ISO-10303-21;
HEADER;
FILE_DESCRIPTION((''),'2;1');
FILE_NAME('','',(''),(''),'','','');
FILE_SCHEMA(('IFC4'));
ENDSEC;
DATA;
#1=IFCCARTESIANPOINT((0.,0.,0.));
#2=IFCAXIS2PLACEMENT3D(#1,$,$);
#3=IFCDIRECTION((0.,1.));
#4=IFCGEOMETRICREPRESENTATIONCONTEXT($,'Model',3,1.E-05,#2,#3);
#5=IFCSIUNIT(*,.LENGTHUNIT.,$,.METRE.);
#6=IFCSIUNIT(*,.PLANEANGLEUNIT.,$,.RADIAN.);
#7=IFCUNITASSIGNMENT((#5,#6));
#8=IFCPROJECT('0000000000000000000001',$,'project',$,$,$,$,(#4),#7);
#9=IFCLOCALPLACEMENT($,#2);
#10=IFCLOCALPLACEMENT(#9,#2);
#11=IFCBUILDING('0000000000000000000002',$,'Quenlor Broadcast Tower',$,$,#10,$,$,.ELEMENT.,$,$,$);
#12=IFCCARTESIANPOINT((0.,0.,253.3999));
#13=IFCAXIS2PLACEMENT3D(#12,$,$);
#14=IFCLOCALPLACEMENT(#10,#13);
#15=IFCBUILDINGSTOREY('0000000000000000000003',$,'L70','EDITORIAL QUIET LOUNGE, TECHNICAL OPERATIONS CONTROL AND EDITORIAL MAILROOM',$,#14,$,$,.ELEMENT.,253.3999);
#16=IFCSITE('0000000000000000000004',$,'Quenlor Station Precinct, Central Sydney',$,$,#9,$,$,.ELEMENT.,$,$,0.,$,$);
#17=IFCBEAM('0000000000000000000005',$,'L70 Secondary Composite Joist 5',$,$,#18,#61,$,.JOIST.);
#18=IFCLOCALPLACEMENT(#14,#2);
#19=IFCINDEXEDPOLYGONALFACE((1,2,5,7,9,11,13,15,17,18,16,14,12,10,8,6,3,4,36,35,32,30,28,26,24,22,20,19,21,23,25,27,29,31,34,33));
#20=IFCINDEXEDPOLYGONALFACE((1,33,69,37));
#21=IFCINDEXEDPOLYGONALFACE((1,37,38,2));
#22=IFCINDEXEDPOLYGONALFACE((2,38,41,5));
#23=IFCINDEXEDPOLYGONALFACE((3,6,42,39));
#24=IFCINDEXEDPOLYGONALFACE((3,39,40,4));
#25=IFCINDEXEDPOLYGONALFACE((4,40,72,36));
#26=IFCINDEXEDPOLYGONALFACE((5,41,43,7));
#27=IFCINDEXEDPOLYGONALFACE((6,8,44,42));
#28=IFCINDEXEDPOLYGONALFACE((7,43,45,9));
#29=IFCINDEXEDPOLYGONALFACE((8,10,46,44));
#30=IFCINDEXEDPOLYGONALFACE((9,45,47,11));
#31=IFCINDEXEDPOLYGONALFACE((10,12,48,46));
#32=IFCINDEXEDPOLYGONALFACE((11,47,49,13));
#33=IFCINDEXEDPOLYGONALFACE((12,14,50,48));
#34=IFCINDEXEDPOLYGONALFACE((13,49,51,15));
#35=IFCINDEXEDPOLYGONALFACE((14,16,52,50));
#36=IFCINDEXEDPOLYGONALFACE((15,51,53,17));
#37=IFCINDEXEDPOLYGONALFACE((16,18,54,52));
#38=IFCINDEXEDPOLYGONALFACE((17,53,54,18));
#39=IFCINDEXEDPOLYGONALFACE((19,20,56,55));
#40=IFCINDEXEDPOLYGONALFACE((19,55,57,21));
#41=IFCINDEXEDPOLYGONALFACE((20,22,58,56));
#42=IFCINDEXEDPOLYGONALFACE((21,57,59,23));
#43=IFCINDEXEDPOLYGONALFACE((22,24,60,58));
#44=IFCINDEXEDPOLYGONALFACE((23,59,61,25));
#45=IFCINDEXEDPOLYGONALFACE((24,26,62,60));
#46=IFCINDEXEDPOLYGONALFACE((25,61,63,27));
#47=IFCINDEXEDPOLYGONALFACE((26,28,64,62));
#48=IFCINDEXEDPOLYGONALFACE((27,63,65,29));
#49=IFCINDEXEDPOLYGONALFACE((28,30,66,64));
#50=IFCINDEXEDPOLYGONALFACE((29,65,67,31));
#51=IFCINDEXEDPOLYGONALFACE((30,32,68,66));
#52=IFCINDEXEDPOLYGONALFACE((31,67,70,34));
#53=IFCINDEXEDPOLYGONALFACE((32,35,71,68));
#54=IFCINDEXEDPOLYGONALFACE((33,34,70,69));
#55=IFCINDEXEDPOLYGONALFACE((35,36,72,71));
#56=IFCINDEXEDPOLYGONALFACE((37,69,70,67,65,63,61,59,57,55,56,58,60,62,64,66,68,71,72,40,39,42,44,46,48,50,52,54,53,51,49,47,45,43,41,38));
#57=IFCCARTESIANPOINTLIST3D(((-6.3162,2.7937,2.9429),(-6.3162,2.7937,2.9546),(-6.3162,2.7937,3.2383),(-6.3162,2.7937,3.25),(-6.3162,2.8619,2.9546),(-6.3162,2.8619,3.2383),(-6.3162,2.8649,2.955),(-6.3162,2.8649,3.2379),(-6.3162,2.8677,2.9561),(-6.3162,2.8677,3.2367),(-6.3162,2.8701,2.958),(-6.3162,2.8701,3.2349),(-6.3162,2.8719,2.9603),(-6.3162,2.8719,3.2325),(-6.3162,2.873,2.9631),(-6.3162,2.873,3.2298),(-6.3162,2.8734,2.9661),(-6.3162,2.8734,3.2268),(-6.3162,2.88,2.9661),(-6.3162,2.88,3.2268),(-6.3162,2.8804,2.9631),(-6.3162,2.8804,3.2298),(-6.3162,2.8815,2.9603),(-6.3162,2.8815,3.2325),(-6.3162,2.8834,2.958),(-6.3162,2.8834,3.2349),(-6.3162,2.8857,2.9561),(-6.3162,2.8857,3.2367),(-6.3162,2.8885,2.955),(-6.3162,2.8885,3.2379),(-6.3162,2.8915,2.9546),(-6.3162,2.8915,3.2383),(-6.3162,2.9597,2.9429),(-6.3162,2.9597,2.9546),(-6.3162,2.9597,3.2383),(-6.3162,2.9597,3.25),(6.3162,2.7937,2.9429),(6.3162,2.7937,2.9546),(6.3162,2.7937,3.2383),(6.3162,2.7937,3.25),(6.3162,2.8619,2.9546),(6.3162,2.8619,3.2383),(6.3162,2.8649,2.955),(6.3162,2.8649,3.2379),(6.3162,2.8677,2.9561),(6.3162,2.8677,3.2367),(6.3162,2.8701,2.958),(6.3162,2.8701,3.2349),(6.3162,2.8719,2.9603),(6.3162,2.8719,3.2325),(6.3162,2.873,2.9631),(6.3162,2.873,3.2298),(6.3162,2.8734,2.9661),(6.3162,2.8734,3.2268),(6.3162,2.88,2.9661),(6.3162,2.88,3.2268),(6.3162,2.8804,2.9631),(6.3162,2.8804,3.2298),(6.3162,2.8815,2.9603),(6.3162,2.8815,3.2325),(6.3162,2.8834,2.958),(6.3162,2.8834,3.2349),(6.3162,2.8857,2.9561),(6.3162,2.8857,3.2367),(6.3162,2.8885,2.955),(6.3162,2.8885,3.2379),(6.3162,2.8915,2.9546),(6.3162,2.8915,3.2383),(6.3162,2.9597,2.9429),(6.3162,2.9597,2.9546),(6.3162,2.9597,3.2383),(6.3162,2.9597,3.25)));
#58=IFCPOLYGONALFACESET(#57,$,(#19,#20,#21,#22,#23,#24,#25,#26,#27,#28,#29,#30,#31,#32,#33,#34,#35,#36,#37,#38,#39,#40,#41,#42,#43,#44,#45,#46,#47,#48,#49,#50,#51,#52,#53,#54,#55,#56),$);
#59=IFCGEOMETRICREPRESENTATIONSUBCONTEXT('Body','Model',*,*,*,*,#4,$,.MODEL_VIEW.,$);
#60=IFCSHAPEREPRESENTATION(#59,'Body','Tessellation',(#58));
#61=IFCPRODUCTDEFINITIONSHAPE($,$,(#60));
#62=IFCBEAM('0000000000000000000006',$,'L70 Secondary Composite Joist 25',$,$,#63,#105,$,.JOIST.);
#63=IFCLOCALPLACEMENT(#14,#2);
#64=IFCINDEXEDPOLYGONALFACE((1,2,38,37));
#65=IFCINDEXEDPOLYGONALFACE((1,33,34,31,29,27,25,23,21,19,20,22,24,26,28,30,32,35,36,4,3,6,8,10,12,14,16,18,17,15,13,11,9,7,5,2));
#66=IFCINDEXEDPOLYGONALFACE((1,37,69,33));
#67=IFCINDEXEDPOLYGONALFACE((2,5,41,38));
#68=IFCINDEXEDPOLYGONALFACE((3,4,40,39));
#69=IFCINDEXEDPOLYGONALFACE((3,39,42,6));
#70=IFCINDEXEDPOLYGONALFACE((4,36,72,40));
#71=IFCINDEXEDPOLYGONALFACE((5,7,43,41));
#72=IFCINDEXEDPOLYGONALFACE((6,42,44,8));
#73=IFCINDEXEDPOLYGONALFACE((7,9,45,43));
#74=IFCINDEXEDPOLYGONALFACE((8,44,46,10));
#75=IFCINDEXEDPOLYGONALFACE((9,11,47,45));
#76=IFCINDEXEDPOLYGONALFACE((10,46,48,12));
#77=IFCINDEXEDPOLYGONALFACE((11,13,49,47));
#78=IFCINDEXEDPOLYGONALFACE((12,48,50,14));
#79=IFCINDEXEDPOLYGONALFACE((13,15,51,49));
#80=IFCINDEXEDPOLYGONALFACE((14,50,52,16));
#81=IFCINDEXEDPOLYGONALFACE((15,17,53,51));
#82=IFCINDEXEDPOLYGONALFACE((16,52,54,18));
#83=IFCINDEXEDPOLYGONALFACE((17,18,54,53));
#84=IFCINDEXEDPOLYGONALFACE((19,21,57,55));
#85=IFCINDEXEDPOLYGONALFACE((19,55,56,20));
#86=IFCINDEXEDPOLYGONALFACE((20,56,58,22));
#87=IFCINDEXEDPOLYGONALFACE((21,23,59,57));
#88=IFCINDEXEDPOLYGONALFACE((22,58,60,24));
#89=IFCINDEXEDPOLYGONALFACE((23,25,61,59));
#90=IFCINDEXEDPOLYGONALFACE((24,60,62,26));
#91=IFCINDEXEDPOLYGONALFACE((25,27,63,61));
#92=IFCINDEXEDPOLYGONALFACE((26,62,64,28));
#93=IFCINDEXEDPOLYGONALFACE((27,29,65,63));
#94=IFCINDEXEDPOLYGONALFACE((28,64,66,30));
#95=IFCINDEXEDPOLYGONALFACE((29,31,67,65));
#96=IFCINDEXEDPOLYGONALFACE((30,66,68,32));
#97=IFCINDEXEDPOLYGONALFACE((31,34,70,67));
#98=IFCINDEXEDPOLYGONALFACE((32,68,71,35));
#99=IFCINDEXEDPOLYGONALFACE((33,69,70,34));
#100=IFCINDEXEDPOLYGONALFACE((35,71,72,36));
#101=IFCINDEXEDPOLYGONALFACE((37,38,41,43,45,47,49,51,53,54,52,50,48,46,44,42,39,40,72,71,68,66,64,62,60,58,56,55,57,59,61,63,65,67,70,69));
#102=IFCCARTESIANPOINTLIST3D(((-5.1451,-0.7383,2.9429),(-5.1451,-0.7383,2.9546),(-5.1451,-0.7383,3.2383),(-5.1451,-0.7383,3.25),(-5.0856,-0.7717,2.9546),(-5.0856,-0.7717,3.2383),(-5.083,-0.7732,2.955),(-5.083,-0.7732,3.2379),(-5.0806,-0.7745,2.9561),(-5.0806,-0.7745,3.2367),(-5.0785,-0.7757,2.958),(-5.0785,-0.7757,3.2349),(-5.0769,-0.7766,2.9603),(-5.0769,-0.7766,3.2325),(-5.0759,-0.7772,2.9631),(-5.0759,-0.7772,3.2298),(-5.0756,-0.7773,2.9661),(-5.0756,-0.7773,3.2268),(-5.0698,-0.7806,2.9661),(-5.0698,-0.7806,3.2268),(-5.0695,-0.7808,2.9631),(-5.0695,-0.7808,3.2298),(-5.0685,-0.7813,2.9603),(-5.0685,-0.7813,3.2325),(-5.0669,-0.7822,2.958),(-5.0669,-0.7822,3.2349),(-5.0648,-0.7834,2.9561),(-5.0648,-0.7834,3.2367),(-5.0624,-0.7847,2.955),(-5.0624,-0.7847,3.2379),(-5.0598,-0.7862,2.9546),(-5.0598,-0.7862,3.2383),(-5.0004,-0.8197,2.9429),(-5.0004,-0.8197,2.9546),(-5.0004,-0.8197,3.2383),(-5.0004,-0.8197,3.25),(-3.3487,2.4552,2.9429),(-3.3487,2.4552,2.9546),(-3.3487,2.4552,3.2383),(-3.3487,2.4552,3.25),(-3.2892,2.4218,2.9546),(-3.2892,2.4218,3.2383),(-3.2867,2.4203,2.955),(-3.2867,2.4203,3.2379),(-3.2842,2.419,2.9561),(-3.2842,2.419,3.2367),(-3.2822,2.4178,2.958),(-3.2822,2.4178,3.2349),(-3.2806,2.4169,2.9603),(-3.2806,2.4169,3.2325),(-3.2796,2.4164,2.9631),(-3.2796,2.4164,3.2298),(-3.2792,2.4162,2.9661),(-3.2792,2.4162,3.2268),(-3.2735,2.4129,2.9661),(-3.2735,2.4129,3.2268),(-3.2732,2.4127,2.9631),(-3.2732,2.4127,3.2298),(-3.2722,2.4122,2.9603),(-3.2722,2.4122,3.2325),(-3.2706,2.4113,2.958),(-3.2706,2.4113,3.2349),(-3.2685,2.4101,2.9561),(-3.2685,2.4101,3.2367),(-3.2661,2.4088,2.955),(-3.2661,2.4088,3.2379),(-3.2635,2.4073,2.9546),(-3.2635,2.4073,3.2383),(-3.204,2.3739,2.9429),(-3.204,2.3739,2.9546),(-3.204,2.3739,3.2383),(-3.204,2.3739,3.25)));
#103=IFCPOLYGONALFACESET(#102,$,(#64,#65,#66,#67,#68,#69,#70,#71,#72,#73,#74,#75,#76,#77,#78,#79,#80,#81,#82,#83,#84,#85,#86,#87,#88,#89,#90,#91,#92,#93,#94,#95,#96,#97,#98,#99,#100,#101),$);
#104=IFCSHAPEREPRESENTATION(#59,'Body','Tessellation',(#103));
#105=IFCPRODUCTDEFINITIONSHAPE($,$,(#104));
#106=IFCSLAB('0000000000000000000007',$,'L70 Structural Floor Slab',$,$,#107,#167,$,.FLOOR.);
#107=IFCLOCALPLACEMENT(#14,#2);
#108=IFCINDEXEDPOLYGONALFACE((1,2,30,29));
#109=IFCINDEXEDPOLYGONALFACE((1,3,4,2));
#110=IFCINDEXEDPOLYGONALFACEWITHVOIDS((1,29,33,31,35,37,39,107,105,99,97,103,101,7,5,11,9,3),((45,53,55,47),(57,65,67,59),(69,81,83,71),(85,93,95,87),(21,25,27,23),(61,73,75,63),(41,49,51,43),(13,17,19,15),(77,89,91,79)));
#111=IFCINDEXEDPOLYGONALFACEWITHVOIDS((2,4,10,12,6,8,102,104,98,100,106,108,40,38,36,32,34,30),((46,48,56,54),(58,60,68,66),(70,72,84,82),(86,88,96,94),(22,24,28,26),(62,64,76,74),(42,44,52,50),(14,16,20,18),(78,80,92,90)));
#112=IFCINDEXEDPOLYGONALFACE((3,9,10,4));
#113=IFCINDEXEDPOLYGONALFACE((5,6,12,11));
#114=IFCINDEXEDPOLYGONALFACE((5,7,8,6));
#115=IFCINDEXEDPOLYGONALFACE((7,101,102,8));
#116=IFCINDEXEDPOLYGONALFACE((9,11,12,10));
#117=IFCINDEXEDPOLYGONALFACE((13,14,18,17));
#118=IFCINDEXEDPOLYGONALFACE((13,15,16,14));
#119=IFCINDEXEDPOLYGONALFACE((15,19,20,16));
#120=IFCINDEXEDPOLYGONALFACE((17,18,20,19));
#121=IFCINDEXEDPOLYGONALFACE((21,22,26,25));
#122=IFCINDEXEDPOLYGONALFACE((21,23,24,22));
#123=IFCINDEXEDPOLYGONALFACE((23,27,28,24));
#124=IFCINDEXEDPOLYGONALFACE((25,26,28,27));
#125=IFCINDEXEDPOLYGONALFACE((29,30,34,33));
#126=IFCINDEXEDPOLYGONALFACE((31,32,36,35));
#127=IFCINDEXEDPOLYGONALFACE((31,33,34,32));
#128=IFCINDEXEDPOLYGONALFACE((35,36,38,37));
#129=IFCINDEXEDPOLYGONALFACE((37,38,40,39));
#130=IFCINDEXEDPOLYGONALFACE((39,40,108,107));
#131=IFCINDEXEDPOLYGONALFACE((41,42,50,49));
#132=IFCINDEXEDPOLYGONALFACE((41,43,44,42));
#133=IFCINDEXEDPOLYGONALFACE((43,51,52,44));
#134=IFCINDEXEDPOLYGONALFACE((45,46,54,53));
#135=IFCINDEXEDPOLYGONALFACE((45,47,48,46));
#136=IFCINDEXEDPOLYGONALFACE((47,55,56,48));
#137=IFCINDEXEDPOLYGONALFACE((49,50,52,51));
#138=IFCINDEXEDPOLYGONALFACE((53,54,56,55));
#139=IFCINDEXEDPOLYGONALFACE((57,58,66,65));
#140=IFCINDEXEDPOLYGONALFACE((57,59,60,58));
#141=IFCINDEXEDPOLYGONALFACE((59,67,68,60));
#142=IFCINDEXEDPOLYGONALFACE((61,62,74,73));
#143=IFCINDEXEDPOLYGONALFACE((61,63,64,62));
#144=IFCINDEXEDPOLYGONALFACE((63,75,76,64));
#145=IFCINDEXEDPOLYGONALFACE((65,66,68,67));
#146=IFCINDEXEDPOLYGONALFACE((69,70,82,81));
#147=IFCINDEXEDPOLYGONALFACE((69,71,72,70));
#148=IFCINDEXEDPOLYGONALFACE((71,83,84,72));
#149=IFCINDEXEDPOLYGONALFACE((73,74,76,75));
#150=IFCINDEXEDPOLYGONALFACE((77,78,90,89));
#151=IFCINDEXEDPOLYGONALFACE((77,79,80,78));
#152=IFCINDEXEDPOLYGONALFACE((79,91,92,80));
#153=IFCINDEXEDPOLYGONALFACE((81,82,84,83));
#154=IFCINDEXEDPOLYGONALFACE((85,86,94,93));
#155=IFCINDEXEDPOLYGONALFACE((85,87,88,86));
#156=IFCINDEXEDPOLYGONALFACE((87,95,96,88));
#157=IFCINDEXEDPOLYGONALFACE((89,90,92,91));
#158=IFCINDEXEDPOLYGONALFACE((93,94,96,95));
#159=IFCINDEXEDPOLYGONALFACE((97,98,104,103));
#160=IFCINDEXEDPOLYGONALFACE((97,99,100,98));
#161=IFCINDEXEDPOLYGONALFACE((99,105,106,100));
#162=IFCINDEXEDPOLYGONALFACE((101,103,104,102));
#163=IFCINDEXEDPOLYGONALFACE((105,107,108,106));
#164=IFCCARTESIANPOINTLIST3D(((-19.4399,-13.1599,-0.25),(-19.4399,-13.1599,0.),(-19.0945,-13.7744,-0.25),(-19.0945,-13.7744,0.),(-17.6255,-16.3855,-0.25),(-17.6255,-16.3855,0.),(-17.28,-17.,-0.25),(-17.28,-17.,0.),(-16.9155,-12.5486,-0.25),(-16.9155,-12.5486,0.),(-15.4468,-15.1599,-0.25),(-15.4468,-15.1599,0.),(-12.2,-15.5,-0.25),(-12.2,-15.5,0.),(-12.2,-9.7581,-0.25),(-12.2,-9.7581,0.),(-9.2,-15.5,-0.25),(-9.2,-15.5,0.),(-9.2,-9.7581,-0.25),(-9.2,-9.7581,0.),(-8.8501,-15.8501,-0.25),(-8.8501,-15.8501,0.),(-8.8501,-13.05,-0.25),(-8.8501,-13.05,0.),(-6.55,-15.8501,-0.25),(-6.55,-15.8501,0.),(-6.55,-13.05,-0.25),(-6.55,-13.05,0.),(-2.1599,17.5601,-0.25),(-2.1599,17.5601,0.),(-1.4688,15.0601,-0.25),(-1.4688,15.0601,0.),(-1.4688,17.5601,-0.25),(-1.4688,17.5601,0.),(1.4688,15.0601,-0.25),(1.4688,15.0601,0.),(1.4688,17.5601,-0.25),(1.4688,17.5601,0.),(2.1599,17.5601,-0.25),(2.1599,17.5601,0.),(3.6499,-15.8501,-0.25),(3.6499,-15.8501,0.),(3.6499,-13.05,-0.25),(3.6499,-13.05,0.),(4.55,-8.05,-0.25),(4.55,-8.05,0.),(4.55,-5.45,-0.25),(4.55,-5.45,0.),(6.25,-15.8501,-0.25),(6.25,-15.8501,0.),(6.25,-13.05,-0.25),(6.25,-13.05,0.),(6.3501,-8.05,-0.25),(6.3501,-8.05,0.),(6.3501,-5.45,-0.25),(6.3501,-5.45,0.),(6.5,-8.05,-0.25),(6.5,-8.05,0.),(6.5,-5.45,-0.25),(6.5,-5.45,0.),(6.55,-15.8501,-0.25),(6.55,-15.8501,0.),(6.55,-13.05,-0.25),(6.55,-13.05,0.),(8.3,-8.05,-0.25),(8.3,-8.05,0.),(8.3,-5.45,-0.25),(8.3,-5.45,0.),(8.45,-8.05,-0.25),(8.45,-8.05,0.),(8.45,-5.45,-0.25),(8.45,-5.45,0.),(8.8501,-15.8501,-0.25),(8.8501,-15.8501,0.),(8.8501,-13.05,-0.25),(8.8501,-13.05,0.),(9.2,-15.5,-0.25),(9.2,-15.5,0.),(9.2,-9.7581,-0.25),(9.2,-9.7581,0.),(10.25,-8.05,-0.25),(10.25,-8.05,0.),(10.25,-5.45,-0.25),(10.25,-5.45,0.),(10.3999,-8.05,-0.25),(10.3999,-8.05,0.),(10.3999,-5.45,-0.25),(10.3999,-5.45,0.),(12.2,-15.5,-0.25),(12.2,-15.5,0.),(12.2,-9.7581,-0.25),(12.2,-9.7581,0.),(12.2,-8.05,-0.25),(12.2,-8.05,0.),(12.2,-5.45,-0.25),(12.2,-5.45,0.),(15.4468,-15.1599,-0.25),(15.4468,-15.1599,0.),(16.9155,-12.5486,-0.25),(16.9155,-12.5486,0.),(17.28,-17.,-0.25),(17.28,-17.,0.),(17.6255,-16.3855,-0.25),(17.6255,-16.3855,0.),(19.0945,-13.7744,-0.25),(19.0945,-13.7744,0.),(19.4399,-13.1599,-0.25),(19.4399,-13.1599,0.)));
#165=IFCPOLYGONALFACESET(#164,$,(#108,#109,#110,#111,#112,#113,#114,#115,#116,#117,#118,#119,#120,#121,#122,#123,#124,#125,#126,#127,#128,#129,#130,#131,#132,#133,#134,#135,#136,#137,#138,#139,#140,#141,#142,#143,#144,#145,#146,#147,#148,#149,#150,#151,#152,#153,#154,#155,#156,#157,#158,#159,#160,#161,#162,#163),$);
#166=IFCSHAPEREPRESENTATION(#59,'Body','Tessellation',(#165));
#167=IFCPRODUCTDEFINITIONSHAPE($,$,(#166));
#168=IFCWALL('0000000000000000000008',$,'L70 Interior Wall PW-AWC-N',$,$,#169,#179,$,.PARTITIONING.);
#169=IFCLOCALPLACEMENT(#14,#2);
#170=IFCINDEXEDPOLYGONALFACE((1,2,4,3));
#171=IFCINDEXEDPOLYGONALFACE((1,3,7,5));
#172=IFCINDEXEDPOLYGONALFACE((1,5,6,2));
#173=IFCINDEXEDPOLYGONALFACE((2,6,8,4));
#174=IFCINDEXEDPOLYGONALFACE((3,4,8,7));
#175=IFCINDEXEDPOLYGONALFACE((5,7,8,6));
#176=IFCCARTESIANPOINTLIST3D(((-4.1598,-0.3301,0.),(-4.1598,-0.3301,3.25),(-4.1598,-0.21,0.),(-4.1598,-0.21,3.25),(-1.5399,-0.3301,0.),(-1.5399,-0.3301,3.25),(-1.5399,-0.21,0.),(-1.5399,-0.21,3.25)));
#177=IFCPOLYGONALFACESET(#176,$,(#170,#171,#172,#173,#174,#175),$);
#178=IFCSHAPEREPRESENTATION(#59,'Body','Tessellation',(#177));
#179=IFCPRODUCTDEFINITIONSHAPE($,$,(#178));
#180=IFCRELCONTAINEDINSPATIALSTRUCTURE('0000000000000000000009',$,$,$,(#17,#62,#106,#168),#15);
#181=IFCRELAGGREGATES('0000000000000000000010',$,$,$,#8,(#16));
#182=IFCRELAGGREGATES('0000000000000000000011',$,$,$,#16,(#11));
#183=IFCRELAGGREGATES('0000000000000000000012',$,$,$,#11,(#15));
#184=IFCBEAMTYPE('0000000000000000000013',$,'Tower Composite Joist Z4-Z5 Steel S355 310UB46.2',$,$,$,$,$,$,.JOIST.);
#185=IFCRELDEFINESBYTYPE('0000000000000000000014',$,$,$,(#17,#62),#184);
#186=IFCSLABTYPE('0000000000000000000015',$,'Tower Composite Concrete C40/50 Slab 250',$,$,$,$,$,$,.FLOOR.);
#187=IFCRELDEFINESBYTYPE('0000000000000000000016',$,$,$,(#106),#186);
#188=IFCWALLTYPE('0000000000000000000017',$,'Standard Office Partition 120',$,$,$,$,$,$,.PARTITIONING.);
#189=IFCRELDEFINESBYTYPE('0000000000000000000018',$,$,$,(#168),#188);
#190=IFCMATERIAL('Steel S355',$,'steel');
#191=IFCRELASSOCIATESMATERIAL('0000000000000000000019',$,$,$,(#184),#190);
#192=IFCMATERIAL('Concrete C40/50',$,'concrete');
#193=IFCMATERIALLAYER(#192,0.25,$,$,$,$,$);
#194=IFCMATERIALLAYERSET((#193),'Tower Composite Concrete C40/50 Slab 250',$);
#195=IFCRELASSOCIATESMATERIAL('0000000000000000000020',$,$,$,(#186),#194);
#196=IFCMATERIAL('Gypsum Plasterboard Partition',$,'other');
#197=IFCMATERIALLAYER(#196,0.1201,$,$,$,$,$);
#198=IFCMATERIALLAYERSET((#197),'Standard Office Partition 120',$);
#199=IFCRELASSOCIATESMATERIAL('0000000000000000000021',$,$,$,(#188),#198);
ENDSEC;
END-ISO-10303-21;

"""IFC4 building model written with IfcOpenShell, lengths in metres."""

from ifc_helpers import new_model, si_unit, direction, frame, frame_2d, origin, origin_2d, place, context, subcontext, project, spatial, polyline, rectangle, i_section, outline, extrude, material, layer, layer_set, material_profile, profile_set, type_object, element, save


model = new_model("IFC4")

# Units and contexts
model_context = context("Model", 3, precision=1e-05, world=origin(), true_north=direction((0.0, 1.0)))
body_context = subcontext(model_context, "Body", "Model", "MODEL_VIEW")
ifc_project = project(units=[si_unit("LENGTHUNIT", "METRE"), si_unit("PLANEANGLEUNIT", "RADIAN")], contexts=[model_context])

# Site, building, storey
site_placement = place(None, origin())
site = spatial("IfcSite", under=ifc_project, at=site_placement, Name="Quenlor Station Precinct, Central Sydney", CompositionType="ELEMENT", RefElevation=0.0)
building_placement = place(site_placement, origin())
building = spatial("IfcBuilding", under=site, at=building_placement, Name="Quenlor Broadcast Tower", CompositionType="ELEMENT")
storey_placement = place(building_placement, frame((0.0, 0.0, 253.3999)))
storey = spatial("IfcBuildingStorey", under=building, at=storey_placement, Name="L70", Description="EDITORIAL QUIET LOUNGE, TECHNICAL OPERATIONS CONTROL AND EDITORIAL MAILROOM", CompositionType="ELEMENT", Elevation=253.3999)

# Beams
ifc_material_1 = material(Name="Steel S355", Category="steel")
ifc_material_profile_1 = material_profile(ifc_material_1, i_section(OverallWidth=0.166, OverallDepth=0.3071, WebThickness=0.0066, FlangeThickness=0.0117, FilletRadius=0.0115, at=origin_2d()))
ifc_profile_set_1 = profile_set([ifc_material_profile_1], Name="Steel S355 310UB46.2")
beam_type = type_object("IfcBeamType", Name="Tower Composite Joist Z4-Z5 Steel S355 310UB46.2", PredefinedType="JOIST", material=ifc_profile_set_1)
beam_1_placement = place(storey_placement, frame((-6.3162, 2.8767, 3.0964), z_axis=(1.0, 0.0, 0.0), x_axis=(0.0, 1.0, 0.0)))
element("IfcBeam", 1, at=beam_1_placement, inside=storey, type_object=beam_type, Name="L70 Secondary Composite Joist 5", PredefinedType="JOIST", context=body_context, shape_type="SweptSolid", body=[
    extrude(i_section(OverallWidth=0.166, OverallDepth=0.3071, WebThickness=0.0066, FlangeThickness=0.0117, FilletRadius=0.0115, at=origin_2d()), origin(), (0.0, 0.0, 1.0), 12.6323),
])
beam_2_placement = place(storey_placement, frame((-3.2764, 2.4146, 3.0964), z_axis=(-0.490258, -0.871577, 0.0), x_axis=(0.871577, -0.490258, 0.0)))
element("IfcBeam", 2, at=beam_2_placement, inside=storey, type_object=beam_type, Name="L70 Secondary Composite Joist 25", PredefinedType="JOIST", context=body_context, shape_type="SweptSolid", body=[
    extrude(i_section(OverallWidth=0.166, OverallDepth=0.3071, WebThickness=0.0066, FlangeThickness=0.0117, FilletRadius=0.0115, at=origin_2d()), origin(), (0.0, 0.0, 1.0), 3.6641),
])

# Slab
ifc_material_2 = material(Name="Concrete C40/50", Category="concrete")
ifc_layer_1 = layer(ifc_material_2, 0.25)
ifc_layer_set_1 = layer_set([ifc_layer_1], Name="Tower Composite Concrete C40/50 Slab 250")
slab_type = type_object("IfcSlabType", Name="Tower Composite Concrete C40/50 Slab 250", PredefinedType="FLOOR", material=ifc_layer_set_1)
slab_placement = place(storey_placement, frame((0.0, 0.0, -0.25)))
element("IfcSlab", 3, at=slab_placement, inside=storey, type_object=slab_type, Name="L70 Structural Floor Slab", PredefinedType="FLOOR", context=body_context, shape_type="SweptSolid", body=[
    extrude(outline(polyline([(17.28, -17.0), (17.6255, -16.3855), (15.4468, -15.1599), (16.9155, -12.5486), (19.0945, -13.7744), (19.4399, -13.1599), (2.1599, 17.5601), (1.4688, 17.5601), (1.4688, 15.0601), (-1.4688, 15.0601), (-1.4688, 17.5601), (-2.1599, 17.5601), (-19.4399, -13.1599), (-19.0945, -13.7744), (-16.9155, -12.5486), (-15.4468, -15.1599), (-17.6255, -16.3855), (-17.28, -17.0), (17.28, -17.0)]), holes=[polyline([(-12.2, -9.7581), (-12.2, -15.5), (-9.2, -15.5), (-9.2, -9.7581), (-12.2, -9.7581)]), polyline([(9.2, -9.7581), (9.2, -15.5), (12.2, -15.5), (12.2, -9.7581), (9.2, -9.7581)]), polyline([(4.55, -8.05), (6.3501, -8.05), (6.3501, -5.45), (4.55, -5.45), (4.55, -8.05)]), polyline([(6.5, -8.05), (8.3, -8.05), (8.3, -5.45), (6.5, -5.45), (6.5, -8.05)]), polyline([(8.45, -8.05), (10.25, -8.05), (10.25, -5.45), (8.45, -5.45), (8.45, -8.05)]), polyline([(10.3999, -8.05), (12.2, -8.05), (12.2, -5.45), (10.3999, -5.45), (10.3999, -8.05)]), polyline([(-8.8501, -15.8501), (-6.55, -15.8501), (-6.55, -13.05), (-8.8501, -13.05), (-8.8501, -15.8501)]), polyline([(6.55, -15.8501), (8.8501, -15.8501), (8.8501, -13.05), (6.55, -13.05), (6.55, -15.8501)]), polyline([(3.6499, -15.8501), (6.25, -15.8501), (6.25, -13.05), (3.6499, -13.05), (3.6499, -15.8501)])]), origin(), (0.0, 0.0, 1.0), 0.25),
])

# Wall
ifc_material_3 = material(Name="Gypsum Plasterboard Partition", Category="other")
ifc_layer_2 = layer(ifc_material_3, 0.1201)
ifc_layer_set_2 = layer_set([ifc_layer_2], Name="Standard Office Partition 120")
wall_type = type_object("IfcWallType", Name="Standard Office Partition 120", PredefinedType="PARTITIONING", material=ifc_layer_set_2)
wall_1_placement = place(storey_placement, frame((-4.1599, -0.27, 0.0), z_axis=(0.0, 0.0, 1.0), x_axis=(1.0, 0.0, 0.0)))
element("IfcWall", 4, at=wall_1_placement, inside=storey, type_object=wall_type, Name="L70 Interior Wall PW-AWC-N", PredefinedType="PARTITIONING", context=body_context, shape_type="SweptSolid", body=[
    extrude(rectangle(XDim=2.6199, YDim=0.1201, at=frame_2d((1.3101, 0.0))), origin(), (0.0, 0.0, 1.0), 3.25),
])

save(model, "model.ifc")
